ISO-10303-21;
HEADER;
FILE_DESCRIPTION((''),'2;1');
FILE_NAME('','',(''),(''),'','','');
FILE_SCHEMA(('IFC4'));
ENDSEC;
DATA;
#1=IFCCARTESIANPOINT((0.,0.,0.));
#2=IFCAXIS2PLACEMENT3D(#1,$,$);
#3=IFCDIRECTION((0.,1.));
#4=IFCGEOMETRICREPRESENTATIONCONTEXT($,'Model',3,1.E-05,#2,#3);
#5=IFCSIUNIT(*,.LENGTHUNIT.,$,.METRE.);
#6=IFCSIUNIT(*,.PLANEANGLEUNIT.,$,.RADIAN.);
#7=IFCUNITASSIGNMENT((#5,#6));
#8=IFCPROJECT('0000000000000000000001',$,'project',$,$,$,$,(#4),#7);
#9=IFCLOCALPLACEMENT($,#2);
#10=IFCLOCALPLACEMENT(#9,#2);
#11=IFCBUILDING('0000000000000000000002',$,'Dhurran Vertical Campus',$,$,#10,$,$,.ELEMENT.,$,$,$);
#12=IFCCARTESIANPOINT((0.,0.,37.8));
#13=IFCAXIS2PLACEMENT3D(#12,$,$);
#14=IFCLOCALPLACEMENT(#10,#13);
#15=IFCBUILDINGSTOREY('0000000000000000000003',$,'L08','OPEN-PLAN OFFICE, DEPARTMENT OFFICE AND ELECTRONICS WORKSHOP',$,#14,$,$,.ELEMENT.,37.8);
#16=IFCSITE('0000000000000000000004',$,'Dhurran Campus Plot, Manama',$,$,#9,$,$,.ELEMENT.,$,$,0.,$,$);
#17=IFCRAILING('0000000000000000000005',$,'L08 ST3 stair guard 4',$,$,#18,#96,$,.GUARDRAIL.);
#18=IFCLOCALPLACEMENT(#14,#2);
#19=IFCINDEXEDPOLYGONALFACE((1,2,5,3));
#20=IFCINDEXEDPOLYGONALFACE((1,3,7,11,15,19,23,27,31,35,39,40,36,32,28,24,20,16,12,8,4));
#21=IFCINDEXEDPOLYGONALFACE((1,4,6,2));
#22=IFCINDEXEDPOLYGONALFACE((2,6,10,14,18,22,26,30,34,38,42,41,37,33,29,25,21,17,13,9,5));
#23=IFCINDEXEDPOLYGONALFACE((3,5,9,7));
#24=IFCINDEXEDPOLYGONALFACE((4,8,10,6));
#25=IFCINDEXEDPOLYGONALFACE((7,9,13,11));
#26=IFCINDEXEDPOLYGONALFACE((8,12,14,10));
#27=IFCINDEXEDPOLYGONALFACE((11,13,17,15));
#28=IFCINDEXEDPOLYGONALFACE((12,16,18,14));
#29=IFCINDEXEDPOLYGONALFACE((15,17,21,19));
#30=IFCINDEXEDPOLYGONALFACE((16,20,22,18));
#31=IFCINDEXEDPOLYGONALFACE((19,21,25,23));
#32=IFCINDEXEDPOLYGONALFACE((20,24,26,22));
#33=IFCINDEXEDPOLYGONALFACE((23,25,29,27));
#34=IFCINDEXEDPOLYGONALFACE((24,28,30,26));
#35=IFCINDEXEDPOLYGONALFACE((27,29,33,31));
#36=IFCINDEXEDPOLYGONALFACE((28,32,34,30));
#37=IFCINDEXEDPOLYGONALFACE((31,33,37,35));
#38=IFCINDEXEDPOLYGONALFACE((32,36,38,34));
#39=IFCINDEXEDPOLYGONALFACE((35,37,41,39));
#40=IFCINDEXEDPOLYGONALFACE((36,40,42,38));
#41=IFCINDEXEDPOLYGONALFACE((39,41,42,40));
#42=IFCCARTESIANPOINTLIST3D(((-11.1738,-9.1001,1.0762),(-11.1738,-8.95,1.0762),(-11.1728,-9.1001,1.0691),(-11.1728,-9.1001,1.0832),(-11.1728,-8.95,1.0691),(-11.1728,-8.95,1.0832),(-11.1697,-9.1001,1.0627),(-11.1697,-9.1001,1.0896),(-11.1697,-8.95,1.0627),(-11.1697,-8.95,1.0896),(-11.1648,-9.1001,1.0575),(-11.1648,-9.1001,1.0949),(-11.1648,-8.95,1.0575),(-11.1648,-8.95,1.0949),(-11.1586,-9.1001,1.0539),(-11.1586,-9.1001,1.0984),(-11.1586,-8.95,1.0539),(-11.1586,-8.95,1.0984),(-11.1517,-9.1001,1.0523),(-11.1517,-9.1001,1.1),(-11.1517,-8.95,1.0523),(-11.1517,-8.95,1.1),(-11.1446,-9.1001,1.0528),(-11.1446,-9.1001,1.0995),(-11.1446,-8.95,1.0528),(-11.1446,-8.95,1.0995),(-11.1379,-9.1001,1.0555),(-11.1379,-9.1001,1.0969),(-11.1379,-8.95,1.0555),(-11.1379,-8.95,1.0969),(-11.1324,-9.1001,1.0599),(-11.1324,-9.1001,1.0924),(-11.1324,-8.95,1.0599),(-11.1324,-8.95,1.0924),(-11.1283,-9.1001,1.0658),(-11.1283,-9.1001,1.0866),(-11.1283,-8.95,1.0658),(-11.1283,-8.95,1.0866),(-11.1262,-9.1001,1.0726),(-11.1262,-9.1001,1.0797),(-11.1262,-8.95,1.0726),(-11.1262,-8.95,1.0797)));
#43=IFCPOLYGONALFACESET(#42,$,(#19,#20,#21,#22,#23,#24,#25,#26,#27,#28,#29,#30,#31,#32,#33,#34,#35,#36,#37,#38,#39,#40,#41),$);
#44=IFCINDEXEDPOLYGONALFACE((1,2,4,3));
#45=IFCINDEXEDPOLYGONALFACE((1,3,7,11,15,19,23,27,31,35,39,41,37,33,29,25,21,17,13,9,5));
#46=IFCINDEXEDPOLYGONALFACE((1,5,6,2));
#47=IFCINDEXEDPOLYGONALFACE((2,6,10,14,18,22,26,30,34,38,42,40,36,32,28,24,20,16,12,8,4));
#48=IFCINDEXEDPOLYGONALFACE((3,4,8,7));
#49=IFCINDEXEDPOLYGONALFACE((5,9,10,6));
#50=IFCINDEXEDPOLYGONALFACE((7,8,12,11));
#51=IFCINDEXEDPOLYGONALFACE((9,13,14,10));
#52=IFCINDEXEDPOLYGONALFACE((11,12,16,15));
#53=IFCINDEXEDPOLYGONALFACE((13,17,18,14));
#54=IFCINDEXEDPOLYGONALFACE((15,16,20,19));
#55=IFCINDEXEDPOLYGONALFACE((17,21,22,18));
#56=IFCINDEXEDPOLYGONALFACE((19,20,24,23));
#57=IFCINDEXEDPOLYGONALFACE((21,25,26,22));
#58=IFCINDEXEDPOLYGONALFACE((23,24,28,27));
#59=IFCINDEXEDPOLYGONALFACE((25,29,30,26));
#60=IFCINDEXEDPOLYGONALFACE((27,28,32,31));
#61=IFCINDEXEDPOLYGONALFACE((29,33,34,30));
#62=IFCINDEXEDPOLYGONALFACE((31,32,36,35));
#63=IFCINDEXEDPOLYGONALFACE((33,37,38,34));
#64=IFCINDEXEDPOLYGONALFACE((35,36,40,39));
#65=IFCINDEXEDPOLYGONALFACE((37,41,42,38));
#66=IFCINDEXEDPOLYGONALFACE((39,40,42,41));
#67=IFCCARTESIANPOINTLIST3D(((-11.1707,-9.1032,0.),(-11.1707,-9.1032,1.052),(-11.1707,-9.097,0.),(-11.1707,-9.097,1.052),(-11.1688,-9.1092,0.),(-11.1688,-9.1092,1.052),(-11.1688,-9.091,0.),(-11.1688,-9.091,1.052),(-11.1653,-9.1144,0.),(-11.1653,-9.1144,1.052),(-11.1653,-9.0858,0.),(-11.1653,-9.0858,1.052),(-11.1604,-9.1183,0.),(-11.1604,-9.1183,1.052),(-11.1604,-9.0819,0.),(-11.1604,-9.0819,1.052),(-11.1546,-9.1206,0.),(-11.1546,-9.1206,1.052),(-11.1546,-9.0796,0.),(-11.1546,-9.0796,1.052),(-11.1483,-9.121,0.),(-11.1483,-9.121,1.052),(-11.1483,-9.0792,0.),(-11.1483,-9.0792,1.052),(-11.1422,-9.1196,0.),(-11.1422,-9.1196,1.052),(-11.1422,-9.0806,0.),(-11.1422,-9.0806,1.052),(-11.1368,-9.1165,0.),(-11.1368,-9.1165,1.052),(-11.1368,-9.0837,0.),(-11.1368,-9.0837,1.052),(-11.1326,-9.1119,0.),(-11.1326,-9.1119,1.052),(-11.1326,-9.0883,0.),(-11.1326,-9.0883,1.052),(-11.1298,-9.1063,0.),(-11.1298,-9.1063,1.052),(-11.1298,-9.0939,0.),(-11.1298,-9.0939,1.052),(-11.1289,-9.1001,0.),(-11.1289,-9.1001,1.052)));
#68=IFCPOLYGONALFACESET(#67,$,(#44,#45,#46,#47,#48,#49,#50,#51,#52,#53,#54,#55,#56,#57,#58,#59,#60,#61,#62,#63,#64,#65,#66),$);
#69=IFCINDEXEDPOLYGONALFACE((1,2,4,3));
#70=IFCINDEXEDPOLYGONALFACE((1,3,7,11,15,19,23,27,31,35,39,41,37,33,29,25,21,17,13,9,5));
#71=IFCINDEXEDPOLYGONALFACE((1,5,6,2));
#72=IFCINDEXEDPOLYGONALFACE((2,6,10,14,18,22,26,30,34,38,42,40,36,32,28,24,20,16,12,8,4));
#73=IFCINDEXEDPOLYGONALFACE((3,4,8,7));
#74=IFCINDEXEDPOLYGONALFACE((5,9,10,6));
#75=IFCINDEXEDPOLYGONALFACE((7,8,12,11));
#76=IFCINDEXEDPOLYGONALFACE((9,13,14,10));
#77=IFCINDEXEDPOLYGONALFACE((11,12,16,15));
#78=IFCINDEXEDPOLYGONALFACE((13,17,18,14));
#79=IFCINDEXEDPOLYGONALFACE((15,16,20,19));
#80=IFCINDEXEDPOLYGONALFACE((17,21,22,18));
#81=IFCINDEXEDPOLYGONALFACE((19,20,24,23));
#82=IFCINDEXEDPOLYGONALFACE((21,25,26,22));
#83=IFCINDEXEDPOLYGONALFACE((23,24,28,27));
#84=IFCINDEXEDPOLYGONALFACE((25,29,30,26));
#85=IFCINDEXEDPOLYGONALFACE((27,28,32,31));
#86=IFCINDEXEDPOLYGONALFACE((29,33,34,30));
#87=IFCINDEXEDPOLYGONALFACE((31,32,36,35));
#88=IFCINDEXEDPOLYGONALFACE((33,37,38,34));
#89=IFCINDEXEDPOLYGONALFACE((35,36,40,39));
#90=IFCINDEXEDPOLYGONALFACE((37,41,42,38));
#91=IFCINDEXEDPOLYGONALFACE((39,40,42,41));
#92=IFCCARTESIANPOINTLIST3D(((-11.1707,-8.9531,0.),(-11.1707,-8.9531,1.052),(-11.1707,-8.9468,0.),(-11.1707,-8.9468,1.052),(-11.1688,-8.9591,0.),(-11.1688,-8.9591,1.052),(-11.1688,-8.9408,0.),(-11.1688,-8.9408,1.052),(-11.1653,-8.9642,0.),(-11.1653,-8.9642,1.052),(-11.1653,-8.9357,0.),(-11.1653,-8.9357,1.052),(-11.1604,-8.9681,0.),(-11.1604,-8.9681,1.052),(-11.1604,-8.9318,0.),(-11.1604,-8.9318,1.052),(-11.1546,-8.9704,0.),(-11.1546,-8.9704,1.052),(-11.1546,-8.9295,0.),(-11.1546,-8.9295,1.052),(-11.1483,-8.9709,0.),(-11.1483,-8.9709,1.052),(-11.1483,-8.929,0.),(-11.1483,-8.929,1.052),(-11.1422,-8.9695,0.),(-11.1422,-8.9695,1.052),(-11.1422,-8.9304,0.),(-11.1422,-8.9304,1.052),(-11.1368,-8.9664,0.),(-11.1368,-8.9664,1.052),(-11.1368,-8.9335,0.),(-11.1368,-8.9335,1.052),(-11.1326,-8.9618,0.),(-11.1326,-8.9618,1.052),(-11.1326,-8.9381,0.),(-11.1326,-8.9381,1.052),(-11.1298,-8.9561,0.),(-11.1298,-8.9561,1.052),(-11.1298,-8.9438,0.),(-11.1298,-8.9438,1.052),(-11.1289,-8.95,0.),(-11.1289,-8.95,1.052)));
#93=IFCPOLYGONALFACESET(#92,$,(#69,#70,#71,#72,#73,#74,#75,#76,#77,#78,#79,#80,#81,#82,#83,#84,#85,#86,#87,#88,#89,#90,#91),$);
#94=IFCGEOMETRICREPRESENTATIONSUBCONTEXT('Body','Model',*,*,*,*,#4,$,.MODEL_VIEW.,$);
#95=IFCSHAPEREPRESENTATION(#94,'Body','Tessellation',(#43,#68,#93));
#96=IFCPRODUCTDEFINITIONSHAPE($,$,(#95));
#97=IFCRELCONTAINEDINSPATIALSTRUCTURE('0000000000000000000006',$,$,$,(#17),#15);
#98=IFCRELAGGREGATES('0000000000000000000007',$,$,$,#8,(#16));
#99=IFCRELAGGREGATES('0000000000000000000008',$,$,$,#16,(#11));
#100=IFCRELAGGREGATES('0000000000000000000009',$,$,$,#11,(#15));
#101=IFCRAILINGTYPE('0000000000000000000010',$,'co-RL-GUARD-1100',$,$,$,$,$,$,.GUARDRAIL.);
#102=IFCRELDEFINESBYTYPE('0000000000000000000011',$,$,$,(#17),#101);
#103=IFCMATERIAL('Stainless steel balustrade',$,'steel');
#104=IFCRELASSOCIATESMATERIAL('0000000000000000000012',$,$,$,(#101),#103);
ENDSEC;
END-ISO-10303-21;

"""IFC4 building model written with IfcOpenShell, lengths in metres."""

from ifc_helpers import new_model, si_unit, direction, frame, origin, origin_2d, place, context, subcontext, project, spatial, circle, extrude, material, type_object, element, save


model = new_model("IFC4")

# Units and contexts
model_context = context("Model", 3, precision=1e-05, world=origin(), true_north=direction((0.0, 1.0)))
body_context = subcontext(model_context, "Body", "Model", "MODEL_VIEW")
ifc_project = project(units=[si_unit("LENGTHUNIT", "METRE"), si_unit("PLANEANGLEUNIT", "RADIAN")], contexts=[model_context])

# Site, building, storey
site_placement = place(None, origin())
site = spatial("IfcSite", under=ifc_project, at=site_placement, Name="Dhurran Campus Plot, Manama", CompositionType="ELEMENT", RefElevation=0.0)
building_placement = place(site_placement, origin())
building = spatial("IfcBuilding", under=site, at=building_placement, Name="Dhurran Vertical Campus", CompositionType="ELEMENT")
storey_placement = place(building_placement, frame((0.0, 0.0, 37.8)))
storey = spatial("IfcBuildingStorey", under=building, at=storey_placement, Name="L08", Description="OPEN-PLAN OFFICE, DEPARTMENT OFFICE AND ELECTRONICS WORKSHOP", CompositionType="ELEMENT", Elevation=37.8)

# Railing
ifc_material_1 = material(Name="Stainless steel balustrade", Category="steel")
railing_type_1 = type_object("IfcRailingType", Name="co-RL-GUARD-1100", PredefinedType="GUARDRAIL", material=ifc_material_1)
railing_1_placement = place(storey_placement, frame((-11.1499, -9.1001, 0.0)))
element("IfcRailing", 1, at=railing_1_placement, inside=storey, type_object=railing_type_1, Name="L08 ST3 stair guard 4", PredefinedType="GUARDRAIL", context=body_context, shape_type="SweptSolid", body=[
    extrude(circle(Radius=0.0239, at=origin_2d()), frame((0.0, 0.0, 1.0762), z_axis=(0.0, 1.0, 0.0), x_axis=(-1.0, 0.0, 0.0)), (0.0, 0.0, 1.0), 0.1501),
    extrude(circle(Radius=0.021, at=origin_2d()), origin(), (0.0, 0.0, 1.0), 1.052),
    extrude(circle(Radius=0.021, at=origin_2d()), frame((0.0, 0.1501, 0.0)), (0.0, 0.0, 1.0), 1.052),
])

save(model, "model.ifc")
